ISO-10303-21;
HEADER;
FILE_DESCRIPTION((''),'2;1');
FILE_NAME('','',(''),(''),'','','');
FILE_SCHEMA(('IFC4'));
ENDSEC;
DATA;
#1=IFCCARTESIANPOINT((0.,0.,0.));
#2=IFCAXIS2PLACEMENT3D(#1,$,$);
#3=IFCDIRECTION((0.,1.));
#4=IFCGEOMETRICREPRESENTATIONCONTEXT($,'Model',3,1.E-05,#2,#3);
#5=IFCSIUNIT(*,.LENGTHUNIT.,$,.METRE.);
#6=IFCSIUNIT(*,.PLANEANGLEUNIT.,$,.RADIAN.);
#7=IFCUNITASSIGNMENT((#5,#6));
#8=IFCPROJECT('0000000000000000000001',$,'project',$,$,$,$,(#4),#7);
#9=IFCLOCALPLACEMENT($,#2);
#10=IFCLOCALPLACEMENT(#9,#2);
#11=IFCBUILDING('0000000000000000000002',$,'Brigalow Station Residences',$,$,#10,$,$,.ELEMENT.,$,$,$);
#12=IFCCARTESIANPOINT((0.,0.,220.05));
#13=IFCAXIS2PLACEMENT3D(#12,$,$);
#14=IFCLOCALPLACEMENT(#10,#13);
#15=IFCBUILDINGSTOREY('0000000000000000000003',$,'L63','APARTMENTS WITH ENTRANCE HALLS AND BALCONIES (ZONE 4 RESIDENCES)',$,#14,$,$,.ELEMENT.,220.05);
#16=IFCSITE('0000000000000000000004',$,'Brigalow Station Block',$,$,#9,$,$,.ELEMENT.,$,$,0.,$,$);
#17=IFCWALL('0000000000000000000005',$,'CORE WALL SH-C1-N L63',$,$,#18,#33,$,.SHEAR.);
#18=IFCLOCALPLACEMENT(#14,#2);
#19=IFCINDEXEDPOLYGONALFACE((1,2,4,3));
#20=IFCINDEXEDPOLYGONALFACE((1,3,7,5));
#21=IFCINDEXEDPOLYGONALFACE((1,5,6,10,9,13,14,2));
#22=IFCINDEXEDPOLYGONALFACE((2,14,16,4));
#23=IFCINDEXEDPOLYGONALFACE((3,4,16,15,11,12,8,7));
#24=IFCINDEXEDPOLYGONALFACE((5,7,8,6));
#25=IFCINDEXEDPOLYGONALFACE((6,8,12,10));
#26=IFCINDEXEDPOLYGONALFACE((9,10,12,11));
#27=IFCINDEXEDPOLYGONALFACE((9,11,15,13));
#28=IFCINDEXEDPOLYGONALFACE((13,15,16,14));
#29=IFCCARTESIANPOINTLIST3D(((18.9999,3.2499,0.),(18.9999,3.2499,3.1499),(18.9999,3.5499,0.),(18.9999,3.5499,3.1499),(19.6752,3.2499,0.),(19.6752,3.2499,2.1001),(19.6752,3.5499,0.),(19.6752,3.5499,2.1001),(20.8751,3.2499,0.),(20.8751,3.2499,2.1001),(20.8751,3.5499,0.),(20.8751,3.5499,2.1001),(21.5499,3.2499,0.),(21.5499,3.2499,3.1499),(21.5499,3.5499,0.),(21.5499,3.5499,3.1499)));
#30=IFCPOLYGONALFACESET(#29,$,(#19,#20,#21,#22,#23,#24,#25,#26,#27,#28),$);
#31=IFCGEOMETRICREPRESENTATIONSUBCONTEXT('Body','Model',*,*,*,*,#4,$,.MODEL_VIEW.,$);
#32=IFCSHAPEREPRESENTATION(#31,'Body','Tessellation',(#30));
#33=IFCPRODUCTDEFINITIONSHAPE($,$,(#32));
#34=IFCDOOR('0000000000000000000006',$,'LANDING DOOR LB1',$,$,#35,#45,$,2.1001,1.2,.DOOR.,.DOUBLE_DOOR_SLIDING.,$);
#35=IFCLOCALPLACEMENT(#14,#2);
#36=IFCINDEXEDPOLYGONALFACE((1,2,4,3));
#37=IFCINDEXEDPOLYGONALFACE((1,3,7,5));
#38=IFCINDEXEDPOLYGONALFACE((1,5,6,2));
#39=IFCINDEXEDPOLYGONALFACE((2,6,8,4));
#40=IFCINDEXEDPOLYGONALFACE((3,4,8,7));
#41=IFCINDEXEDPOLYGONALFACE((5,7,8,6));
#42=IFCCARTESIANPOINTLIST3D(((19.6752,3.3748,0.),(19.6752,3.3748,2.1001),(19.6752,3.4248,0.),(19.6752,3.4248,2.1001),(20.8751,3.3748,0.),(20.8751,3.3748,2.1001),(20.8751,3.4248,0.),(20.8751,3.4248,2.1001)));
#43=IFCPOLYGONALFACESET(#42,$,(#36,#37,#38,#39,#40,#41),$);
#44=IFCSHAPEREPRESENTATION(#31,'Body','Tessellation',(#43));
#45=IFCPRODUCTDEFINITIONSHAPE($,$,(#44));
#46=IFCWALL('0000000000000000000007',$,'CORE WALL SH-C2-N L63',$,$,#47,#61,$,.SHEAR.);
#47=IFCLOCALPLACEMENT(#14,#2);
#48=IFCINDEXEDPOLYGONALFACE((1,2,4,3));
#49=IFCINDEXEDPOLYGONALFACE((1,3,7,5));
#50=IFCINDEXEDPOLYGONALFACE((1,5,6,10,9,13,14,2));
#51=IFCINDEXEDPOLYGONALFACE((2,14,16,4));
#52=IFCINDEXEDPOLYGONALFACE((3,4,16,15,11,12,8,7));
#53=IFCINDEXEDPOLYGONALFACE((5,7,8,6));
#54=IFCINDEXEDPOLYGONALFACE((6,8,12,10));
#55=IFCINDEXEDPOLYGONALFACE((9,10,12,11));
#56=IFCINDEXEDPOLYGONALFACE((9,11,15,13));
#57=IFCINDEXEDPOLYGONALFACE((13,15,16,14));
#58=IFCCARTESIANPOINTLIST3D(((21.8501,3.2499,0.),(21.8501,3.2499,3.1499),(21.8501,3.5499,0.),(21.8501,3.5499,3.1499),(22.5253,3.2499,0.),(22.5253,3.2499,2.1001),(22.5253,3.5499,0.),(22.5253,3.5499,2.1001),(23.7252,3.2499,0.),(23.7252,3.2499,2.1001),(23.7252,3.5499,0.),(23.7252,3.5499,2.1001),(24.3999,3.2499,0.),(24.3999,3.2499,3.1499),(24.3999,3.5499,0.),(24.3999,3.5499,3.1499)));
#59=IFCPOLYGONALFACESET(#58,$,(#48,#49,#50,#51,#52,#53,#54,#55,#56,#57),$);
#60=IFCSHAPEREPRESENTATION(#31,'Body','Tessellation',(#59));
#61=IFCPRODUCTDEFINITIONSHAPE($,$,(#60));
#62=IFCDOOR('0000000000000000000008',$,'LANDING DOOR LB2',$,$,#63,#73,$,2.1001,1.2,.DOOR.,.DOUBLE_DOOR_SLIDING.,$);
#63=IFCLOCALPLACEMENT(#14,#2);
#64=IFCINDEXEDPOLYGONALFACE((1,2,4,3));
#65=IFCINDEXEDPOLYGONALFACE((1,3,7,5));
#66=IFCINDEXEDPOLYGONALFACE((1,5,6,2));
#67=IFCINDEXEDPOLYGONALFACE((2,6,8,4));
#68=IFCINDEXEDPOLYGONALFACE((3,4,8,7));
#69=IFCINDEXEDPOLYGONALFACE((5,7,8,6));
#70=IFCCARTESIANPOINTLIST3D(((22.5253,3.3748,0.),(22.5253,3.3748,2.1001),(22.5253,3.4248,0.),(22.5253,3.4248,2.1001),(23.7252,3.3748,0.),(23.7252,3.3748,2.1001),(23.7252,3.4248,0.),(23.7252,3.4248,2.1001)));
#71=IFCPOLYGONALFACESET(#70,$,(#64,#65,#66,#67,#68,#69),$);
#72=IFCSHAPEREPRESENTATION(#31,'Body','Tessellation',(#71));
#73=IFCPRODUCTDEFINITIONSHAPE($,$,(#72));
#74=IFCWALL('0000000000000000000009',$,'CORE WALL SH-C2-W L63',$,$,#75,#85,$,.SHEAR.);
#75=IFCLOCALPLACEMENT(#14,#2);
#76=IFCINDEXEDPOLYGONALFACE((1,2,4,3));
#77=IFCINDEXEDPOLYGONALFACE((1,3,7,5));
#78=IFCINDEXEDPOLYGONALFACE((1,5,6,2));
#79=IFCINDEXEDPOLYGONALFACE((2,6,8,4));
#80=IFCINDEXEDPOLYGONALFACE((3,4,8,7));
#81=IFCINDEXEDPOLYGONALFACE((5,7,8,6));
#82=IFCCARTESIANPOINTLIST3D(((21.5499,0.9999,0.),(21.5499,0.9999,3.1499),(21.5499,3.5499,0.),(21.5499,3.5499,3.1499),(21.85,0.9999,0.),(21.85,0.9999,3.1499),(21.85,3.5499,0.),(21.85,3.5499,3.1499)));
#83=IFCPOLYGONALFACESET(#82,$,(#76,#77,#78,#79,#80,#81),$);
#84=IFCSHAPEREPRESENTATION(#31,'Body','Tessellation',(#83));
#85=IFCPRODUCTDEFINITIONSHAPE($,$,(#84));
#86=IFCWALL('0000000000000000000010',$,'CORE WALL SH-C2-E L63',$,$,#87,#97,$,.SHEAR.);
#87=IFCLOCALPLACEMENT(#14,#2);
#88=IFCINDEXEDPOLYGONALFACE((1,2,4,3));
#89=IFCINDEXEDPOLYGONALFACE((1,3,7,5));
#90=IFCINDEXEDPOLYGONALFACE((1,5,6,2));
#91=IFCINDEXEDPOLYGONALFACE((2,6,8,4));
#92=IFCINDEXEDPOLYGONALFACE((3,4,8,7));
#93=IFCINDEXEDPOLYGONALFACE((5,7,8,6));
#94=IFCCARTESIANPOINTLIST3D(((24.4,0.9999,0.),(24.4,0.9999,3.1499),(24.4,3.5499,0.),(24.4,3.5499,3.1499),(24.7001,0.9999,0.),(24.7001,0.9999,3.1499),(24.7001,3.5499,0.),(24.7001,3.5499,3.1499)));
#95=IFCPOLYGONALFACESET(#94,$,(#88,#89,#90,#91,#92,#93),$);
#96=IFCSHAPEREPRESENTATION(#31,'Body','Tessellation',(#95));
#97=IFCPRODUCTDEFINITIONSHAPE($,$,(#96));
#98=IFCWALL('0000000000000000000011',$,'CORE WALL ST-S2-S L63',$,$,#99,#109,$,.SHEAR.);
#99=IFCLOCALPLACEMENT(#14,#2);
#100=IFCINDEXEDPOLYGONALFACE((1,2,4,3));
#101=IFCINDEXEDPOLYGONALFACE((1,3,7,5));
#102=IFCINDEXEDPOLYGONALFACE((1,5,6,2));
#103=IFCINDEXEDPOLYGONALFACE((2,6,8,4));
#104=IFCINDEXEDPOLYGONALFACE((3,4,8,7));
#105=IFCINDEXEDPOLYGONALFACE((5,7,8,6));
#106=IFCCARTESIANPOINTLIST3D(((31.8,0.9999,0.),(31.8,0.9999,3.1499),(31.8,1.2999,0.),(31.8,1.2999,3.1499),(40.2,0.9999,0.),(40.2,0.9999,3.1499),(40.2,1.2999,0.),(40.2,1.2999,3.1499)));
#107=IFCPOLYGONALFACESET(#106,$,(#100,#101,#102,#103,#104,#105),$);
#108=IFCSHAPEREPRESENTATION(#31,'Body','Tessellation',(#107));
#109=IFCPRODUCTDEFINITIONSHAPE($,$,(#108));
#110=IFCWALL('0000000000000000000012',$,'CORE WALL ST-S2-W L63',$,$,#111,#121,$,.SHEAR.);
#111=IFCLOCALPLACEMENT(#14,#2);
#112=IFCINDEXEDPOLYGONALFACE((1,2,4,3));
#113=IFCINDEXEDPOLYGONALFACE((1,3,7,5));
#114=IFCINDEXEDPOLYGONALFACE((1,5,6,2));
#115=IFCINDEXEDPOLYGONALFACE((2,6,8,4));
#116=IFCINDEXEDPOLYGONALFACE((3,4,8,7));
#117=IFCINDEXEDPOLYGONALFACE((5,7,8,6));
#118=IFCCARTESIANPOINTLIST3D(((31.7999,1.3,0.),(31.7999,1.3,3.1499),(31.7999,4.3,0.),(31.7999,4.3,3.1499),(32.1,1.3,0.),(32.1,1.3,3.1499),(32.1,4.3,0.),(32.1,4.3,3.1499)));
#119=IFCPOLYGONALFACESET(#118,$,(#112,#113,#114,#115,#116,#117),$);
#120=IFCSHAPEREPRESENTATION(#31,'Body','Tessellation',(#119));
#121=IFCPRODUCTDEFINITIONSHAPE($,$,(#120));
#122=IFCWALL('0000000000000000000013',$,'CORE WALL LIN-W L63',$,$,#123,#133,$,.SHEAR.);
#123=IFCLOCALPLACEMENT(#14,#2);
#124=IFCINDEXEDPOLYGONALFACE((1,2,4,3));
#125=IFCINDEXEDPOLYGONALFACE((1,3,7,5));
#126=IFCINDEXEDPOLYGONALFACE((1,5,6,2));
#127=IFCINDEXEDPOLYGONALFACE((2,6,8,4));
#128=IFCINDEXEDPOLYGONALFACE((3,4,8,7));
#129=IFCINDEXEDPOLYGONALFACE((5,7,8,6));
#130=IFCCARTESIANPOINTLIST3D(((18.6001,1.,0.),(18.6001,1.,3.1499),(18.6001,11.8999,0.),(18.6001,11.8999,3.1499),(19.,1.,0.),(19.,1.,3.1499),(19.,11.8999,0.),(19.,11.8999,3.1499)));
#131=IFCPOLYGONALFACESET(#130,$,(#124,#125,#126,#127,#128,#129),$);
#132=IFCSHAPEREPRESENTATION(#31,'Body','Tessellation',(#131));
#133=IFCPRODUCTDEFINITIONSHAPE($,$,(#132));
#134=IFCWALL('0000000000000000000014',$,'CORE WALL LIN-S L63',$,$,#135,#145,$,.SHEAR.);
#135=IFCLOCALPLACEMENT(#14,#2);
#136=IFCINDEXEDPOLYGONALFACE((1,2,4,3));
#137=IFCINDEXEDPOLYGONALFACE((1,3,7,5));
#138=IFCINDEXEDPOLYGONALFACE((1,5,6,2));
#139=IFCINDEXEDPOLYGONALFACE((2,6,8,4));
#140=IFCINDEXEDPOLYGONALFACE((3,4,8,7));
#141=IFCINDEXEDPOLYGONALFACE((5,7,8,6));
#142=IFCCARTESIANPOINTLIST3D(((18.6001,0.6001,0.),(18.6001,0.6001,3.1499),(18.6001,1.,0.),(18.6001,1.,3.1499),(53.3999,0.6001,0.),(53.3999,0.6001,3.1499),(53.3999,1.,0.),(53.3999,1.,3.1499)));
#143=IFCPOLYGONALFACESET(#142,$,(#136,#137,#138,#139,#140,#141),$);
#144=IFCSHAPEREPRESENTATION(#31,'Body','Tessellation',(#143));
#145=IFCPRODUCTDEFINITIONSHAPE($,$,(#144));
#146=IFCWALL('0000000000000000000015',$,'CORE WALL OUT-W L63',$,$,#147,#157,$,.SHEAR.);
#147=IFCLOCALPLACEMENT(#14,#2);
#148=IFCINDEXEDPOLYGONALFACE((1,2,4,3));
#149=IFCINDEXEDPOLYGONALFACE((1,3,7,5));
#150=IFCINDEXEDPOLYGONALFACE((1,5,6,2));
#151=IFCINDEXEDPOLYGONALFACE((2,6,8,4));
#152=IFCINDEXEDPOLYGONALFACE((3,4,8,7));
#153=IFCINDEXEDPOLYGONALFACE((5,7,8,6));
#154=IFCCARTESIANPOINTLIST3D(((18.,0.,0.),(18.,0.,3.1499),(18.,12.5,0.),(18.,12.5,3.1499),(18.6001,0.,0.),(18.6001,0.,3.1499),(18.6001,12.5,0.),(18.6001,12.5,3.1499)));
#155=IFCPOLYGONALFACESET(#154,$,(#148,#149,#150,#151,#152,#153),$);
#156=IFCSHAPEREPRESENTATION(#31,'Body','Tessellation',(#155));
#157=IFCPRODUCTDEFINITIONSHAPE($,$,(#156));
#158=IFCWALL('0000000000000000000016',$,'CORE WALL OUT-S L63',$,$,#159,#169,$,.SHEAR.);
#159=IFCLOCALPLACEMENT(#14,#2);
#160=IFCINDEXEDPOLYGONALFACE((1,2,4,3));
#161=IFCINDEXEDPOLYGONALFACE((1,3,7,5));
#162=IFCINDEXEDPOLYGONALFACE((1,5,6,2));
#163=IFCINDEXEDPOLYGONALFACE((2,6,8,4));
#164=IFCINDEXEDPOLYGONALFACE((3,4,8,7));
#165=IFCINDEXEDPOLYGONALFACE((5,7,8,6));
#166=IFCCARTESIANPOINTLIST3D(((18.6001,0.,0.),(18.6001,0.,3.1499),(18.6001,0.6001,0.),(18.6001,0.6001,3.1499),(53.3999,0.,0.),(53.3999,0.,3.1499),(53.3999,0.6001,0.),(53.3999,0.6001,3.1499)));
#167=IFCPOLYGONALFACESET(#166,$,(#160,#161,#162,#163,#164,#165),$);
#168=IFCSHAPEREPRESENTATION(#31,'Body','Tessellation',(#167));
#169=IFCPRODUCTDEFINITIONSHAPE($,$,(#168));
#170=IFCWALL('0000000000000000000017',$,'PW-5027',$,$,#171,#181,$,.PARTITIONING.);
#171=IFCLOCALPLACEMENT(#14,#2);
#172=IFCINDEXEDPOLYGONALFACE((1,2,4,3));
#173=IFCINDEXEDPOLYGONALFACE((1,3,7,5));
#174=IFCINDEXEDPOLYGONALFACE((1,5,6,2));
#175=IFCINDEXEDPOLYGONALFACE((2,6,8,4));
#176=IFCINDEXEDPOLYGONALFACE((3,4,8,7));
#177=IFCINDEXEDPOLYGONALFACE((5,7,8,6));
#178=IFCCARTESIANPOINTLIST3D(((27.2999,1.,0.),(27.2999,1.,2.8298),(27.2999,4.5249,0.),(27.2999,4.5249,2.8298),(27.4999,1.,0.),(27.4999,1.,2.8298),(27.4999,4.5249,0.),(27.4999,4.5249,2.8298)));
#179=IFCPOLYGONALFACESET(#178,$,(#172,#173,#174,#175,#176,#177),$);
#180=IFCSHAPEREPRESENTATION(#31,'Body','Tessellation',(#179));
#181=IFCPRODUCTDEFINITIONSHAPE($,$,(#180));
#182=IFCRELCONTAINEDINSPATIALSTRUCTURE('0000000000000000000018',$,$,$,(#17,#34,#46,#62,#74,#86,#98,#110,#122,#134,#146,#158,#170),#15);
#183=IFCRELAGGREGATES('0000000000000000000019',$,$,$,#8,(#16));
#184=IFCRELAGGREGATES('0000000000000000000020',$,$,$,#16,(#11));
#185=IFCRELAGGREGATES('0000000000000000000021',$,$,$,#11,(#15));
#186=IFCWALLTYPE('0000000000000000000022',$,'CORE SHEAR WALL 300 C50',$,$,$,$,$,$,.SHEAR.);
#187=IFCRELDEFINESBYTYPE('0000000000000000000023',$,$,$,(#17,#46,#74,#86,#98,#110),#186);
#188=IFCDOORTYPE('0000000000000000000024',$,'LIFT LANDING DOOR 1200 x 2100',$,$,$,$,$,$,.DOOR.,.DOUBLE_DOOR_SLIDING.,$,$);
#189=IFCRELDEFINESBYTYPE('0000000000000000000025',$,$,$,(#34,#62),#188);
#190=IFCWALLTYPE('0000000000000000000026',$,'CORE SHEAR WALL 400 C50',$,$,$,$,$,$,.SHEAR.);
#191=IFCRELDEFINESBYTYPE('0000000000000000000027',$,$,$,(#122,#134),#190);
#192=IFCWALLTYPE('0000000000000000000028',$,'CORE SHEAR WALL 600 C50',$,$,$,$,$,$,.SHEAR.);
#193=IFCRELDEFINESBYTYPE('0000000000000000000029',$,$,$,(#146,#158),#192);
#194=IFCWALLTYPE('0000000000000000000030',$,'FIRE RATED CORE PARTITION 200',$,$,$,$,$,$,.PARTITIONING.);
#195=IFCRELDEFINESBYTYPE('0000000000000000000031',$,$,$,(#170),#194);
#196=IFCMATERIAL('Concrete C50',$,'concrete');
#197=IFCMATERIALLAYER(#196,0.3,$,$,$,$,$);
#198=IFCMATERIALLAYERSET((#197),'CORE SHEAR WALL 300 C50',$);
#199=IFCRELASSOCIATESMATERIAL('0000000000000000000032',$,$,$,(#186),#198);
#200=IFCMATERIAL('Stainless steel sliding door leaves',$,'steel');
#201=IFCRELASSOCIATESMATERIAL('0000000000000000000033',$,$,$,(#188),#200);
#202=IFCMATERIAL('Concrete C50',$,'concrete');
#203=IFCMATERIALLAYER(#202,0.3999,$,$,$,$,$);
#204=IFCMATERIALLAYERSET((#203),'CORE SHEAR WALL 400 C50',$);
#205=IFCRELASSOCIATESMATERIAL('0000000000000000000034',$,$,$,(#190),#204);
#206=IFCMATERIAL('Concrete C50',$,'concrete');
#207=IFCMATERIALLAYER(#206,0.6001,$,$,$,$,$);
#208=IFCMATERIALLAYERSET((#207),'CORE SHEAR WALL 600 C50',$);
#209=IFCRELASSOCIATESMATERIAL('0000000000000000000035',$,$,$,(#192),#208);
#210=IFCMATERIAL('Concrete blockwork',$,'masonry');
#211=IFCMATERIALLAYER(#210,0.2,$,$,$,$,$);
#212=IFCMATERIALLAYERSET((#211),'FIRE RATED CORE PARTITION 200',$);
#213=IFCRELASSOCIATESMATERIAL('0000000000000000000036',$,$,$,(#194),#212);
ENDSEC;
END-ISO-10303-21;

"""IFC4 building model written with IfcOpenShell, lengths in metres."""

from ifc_helpers import new_model, si_unit, direction, frame, frame_2d, origin, place, context, subcontext, project, spatial, rectangle, extrude, material, layer, layer_set, type_object, element, fill, save


model = new_model("IFC4")

# Units and contexts
model_context = context("Model", 3, precision=1e-05, world=origin(), true_north=direction((0.0, 1.0)))
body_context = subcontext(model_context, "Body", "Model", "MODEL_VIEW")
ifc_project = project(units=[si_unit("LENGTHUNIT", "METRE"), si_unit("PLANEANGLEUNIT", "RADIAN")], contexts=[model_context])

# Site, building, storey
site_placement = place(None, origin())
site = spatial("IfcSite", under=ifc_project, at=site_placement, Name="Brigalow Station Block", CompositionType="ELEMENT", RefElevation=0.0)
building_placement = place(site_placement, origin())
building = spatial("IfcBuilding", under=site, at=building_placement, Name="Brigalow Station Residences", CompositionType="ELEMENT")
storey_placement = place(building_placement, frame((0.0, 0.0, 220.05)))
storey = spatial("IfcBuildingStorey", under=building, at=storey_placement, Name="L63", Description="APARTMENTS WITH ENTRANCE HALLS AND BALCONIES (ZONE 4 RESIDENCES)", CompositionType="ELEMENT", Elevation=220.05)

# Walls, openings, doors
ifc_material_1 = material(Name="Concrete C50", Category="concrete")
ifc_layer_1 = layer(ifc_material_1, 0.3)
ifc_layer_set_1 = layer_set([ifc_layer_1], Name="CORE SHEAR WALL 300 C50")
wall_type_1 = type_object("IfcWallType", Name="CORE SHEAR WALL 300 C50", PredefinedType="SHEAR", material=ifc_layer_set_1)
wall_1_placement = place(storey_placement, frame((19.0, 3.3999, 0.0), z_axis=(0.0, 0.0, 1.0), x_axis=(1.0, 0.0, 0.0)))
wall_1 = element("IfcWall", 1, at=wall_1_placement, inside=storey, type_object=wall_type_1, Name="CORE WALL SH-C1-N L63", PredefinedType="SHEAR", context=body_context, shape_type="SweptSolid", body=[
    extrude(rectangle(XDim=2.55, YDim=0.3, at=frame_2d((1.2749, 0.0))), origin(), (0.0, 0.0, 1.0), 3.1499),
])
opening_1_placement = place(wall_1_placement, frame((0.675, 0.0, 0.0)))
opening_1 = element("IfcOpeningElement", 2, at=opening_1_placement, cuts=wall_1, PredefinedType="OPENING", context=body_context, shape_type="SweptSolid", body=[
    extrude(rectangle(XDim=1.2, YDim=2.1001, at=frame_2d((0.6001, 1.05))), frame((0.0, 0.1602, 0.0), z_axis=(0.0, -1.0, 0.0), x_axis=(1.0, 0.0, 0.0)), (0.0, 0.0, 1.0), 0.3201),
])
ifc_material_2 = material(Name="Stainless steel sliding door leaves", Category="steel")
door_type = type_object("IfcDoorType", Name="LIFT LANDING DOOR 1200 x 2100", OperationType="DOUBLE_DOOR_SLIDING", PredefinedType="DOOR", material=ifc_material_2)
door_1_placement = place(opening_1_placement, origin())
door_1 = element("IfcDoor", 3, at=door_1_placement, inside=storey, type_object=door_type, Name="LANDING DOOR LB1", OperationType="DOUBLE_DOOR_SLIDING", OverallHeight=2.1001, OverallWidth=1.2, PredefinedType="DOOR", context=body_context, shape_type="SweptSolid", body=[
    extrude(rectangle(XDim=1.2, YDim=2.1001, at=frame_2d((0.6001, 1.05))), frame((0.0, 0.0249, 0.0), z_axis=(0.0, -1.0, 0.0), x_axis=(1.0, 0.0, 0.0)), (0.0, 0.0, 1.0), 0.05),
])
fill(opening_1, door_1)
wall_2_placement = place(storey_placement, frame((21.8501, 3.3999, 0.0), z_axis=(0.0, 0.0, 1.0), x_axis=(1.0, 0.0, 0.0)))
wall_2 = element("IfcWall", 4, at=wall_2_placement, inside=storey, type_object=wall_type_1, Name="CORE WALL SH-C2-N L63", PredefinedType="SHEAR", context=body_context, shape_type="SweptSolid", body=[
    extrude(rectangle(XDim=2.5498, YDim=0.3, at=frame_2d((1.2749, 0.0))), origin(), (0.0, 0.0, 1.0), 3.1499),
])
opening_2_placement = place(wall_2_placement, frame((0.675, 0.0, 0.0)))
opening_2 = element("IfcOpeningElement", 5, at=opening_2_placement, cuts=wall_2, PredefinedType="OPENING", context=body_context, shape_type="SweptSolid", body=[
    extrude(rectangle(XDim=1.2, YDim=2.1001, at=frame_2d((0.6001, 1.05))), frame((0.0, 0.1602, 0.0), z_axis=(0.0, -1.0, 0.0), x_axis=(1.0, 0.0, 0.0)), (0.0, 0.0, 1.0), 0.3201),
])
door_2_placement = place(opening_2_placement, origin())
door_2 = element("IfcDoor", 6, at=door_2_placement, inside=storey, type_object=door_type, Name="LANDING DOOR LB2", OperationType="DOUBLE_DOOR_SLIDING", OverallHeight=2.1001, OverallWidth=1.2, PredefinedType="DOOR", context=body_context, shape_type="SweptSolid", body=[
    extrude(rectangle(XDim=1.2, YDim=2.1001, at=frame_2d((0.6001, 1.05))), frame((0.0, 0.0249, 0.0), z_axis=(0.0, -1.0, 0.0), x_axis=(1.0, 0.0, 0.0)), (0.0, 0.0, 1.0), 0.05),
])
fill(opening_2, door_2)

# Walls
for number, where, z_axis, x_axis, name in (
    (7, (21.7, 1.0, 0.0), (0.0, 0.0, 1.0), (0.0, 1.0, 0.0), "CORE WALL SH-C2-W L63"),
    (8, (24.55, 1.0, 0.0), (0.0, 0.0, 1.0), (0.0, 1.0, 0.0), "CORE WALL SH-C2-E L63"),
):
    element("IfcWall", number, at=place(storey_placement, frame(where, z_axis=z_axis, x_axis=x_axis)), inside=storey, type_object=wall_type_1, Name=name, PredefinedType="SHEAR", context=body_context, shape_type="SweptSolid", body=[
        extrude(rectangle(XDim=2.55, YDim=0.3, at=frame_2d((1.2749, 0.0))), origin(), (0.0, 0.0, 1.0), 3.1499),
    ])
wall_3_placement = place(storey_placement, frame((31.8, 1.1499, 0.0), z_axis=(0.0, 0.0, 1.0), x_axis=(1.0, 0.0, 0.0)))
element("IfcWall", 9, at=wall_3_placement, inside=storey, type_object=wall_type_1, Name="CORE WALL ST-S2-S L63", PredefinedType="SHEAR", context=body_context, shape_type="SweptSolid", body=[
    extrude(rectangle(XDim=8.3999, YDim=0.3, at=frame_2d((4.2, 0.0))), origin(), (0.0, 0.0, 1.0), 3.1499),
])
wall_4_placement = place(storey_placement, frame((31.95, 1.3, 0.0), z_axis=(0.0, 0.0, 1.0), x_axis=(0.0, 1.0, 0.0)))
element("IfcWall", 10, at=wall_4_placement, inside=storey, type_object=wall_type_1, Name="CORE WALL ST-S2-W L63", PredefinedType="SHEAR", context=body_context, shape_type="SweptSolid", body=[
    extrude(rectangle(XDim=3.0, YDim=0.3, at=frame_2d((1.5, 0.0))), origin(), (0.0, 0.0, 1.0), 3.1499),
])
ifc_material_3 = material(Name="Concrete C50", Category="concrete")
ifc_layer_2 = layer(ifc_material_3, 0.3999)
ifc_layer_set_2 = layer_set([ifc_layer_2], Name="CORE SHEAR WALL 400 C50")
wall_type_2 = type_object("IfcWallType", Name="CORE SHEAR WALL 400 C50", PredefinedType="SHEAR", material=ifc_layer_set_2)
wall_5_placement = place(storey_placement, frame((18.8, 1.0, 0.0), z_axis=(0.0, 0.0, 1.0), x_axis=(0.0, 1.0, 0.0)))
element("IfcWall", 11, at=wall_5_placement, inside=storey, type_object=wall_type_2, Name="CORE WALL LIN-W L63", PredefinedType="SHEAR", context=body_context, shape_type="SweptSolid", body=[
    extrude(rectangle(XDim=10.8999, YDim=0.3999, at=frame_2d((5.45, 0.0))), origin(), (0.0, 0.0, 1.0), 3.1499),
])
wall_6_placement = place(storey_placement, frame((18.6001, 0.8, 0.0), z_axis=(0.0, 0.0, 1.0), x_axis=(1.0, 0.0, 0.0)))
element("IfcWall", 12, at=wall_6_placement, inside=storey, type_object=wall_type_2, Name="CORE WALL LIN-S L63", PredefinedType="SHEAR", context=body_context, shape_type="SweptSolid", body=[
    extrude(rectangle(XDim=34.7998, YDim=0.3999, at=frame_2d((17.3999, 0.0))), origin(), (0.0, 0.0, 1.0), 3.1499),
])
ifc_material_4 = material(Name="Concrete C50", Category="concrete")
ifc_layer_3 = layer(ifc_material_4, 0.6001)
ifc_layer_set_3 = layer_set([ifc_layer_3], Name="CORE SHEAR WALL 600 C50")
wall_type_3 = type_object("IfcWallType", Name="CORE SHEAR WALL 600 C50", PredefinedType="SHEAR", material=ifc_layer_set_3)
wall_7_placement = place(storey_placement, frame((18.3, 0.0, 0.0), z_axis=(0.0, 0.0, 1.0), x_axis=(0.0, 1.0, 0.0)))
element("IfcWall", 13, at=wall_7_placement, inside=storey, type_object=wall_type_3, Name="CORE WALL OUT-W L63", PredefinedType="SHEAR", context=body_context, shape_type="SweptSolid", body=[
    extrude(rectangle(XDim=12.5, YDim=0.6001, at=frame_2d((6.25, 0.0))), origin(), (0.0, 0.0, 1.0), 3.1499),
])
wall_8_placement = place(storey_placement, frame((18.6001, 0.3, 0.0), z_axis=(0.0, 0.0, 1.0), x_axis=(1.0, 0.0, 0.0)))
element("IfcWall", 14, at=wall_8_placement, inside=storey, type_object=wall_type_3, Name="CORE WALL OUT-S L63", PredefinedType="SHEAR", context=body_context, shape_type="SweptSolid", body=[
    extrude(rectangle(XDim=34.7998, YDim=0.6001, at=frame_2d((17.3999, 0.0))), origin(), (0.0, 0.0, 1.0), 3.1499),
])
ifc_material_5 = material(Name="Concrete blockwork", Category="masonry")
ifc_layer_4 = layer(ifc_material_5, 0.2)
ifc_layer_set_4 = layer_set([ifc_layer_4], Name="FIRE RATED CORE PARTITION 200")
wall_type_4 = type_object("IfcWallType", Name="FIRE RATED CORE PARTITION 200", PredefinedType="PARTITIONING", material=ifc_layer_set_4)
wall_9_placement = place(storey_placement, frame((27.3999, 1.0, 0.0), z_axis=(0.0, 0.0, 1.0), x_axis=(0.0, 1.0, 0.0)))
element("IfcWall", 15, at=wall_9_placement, inside=storey, type_object=wall_type_4, Name="PW-5027", PredefinedType="PARTITIONING", context=body_context, shape_type="SweptSolid", body=[
    extrude(rectangle(XDim=3.5249, YDim=0.2, at=frame_2d((1.7625, 0.0))), origin(), (0.0, 0.0, 1.0), 2.8298),
])

save(model, "model.ifc")
